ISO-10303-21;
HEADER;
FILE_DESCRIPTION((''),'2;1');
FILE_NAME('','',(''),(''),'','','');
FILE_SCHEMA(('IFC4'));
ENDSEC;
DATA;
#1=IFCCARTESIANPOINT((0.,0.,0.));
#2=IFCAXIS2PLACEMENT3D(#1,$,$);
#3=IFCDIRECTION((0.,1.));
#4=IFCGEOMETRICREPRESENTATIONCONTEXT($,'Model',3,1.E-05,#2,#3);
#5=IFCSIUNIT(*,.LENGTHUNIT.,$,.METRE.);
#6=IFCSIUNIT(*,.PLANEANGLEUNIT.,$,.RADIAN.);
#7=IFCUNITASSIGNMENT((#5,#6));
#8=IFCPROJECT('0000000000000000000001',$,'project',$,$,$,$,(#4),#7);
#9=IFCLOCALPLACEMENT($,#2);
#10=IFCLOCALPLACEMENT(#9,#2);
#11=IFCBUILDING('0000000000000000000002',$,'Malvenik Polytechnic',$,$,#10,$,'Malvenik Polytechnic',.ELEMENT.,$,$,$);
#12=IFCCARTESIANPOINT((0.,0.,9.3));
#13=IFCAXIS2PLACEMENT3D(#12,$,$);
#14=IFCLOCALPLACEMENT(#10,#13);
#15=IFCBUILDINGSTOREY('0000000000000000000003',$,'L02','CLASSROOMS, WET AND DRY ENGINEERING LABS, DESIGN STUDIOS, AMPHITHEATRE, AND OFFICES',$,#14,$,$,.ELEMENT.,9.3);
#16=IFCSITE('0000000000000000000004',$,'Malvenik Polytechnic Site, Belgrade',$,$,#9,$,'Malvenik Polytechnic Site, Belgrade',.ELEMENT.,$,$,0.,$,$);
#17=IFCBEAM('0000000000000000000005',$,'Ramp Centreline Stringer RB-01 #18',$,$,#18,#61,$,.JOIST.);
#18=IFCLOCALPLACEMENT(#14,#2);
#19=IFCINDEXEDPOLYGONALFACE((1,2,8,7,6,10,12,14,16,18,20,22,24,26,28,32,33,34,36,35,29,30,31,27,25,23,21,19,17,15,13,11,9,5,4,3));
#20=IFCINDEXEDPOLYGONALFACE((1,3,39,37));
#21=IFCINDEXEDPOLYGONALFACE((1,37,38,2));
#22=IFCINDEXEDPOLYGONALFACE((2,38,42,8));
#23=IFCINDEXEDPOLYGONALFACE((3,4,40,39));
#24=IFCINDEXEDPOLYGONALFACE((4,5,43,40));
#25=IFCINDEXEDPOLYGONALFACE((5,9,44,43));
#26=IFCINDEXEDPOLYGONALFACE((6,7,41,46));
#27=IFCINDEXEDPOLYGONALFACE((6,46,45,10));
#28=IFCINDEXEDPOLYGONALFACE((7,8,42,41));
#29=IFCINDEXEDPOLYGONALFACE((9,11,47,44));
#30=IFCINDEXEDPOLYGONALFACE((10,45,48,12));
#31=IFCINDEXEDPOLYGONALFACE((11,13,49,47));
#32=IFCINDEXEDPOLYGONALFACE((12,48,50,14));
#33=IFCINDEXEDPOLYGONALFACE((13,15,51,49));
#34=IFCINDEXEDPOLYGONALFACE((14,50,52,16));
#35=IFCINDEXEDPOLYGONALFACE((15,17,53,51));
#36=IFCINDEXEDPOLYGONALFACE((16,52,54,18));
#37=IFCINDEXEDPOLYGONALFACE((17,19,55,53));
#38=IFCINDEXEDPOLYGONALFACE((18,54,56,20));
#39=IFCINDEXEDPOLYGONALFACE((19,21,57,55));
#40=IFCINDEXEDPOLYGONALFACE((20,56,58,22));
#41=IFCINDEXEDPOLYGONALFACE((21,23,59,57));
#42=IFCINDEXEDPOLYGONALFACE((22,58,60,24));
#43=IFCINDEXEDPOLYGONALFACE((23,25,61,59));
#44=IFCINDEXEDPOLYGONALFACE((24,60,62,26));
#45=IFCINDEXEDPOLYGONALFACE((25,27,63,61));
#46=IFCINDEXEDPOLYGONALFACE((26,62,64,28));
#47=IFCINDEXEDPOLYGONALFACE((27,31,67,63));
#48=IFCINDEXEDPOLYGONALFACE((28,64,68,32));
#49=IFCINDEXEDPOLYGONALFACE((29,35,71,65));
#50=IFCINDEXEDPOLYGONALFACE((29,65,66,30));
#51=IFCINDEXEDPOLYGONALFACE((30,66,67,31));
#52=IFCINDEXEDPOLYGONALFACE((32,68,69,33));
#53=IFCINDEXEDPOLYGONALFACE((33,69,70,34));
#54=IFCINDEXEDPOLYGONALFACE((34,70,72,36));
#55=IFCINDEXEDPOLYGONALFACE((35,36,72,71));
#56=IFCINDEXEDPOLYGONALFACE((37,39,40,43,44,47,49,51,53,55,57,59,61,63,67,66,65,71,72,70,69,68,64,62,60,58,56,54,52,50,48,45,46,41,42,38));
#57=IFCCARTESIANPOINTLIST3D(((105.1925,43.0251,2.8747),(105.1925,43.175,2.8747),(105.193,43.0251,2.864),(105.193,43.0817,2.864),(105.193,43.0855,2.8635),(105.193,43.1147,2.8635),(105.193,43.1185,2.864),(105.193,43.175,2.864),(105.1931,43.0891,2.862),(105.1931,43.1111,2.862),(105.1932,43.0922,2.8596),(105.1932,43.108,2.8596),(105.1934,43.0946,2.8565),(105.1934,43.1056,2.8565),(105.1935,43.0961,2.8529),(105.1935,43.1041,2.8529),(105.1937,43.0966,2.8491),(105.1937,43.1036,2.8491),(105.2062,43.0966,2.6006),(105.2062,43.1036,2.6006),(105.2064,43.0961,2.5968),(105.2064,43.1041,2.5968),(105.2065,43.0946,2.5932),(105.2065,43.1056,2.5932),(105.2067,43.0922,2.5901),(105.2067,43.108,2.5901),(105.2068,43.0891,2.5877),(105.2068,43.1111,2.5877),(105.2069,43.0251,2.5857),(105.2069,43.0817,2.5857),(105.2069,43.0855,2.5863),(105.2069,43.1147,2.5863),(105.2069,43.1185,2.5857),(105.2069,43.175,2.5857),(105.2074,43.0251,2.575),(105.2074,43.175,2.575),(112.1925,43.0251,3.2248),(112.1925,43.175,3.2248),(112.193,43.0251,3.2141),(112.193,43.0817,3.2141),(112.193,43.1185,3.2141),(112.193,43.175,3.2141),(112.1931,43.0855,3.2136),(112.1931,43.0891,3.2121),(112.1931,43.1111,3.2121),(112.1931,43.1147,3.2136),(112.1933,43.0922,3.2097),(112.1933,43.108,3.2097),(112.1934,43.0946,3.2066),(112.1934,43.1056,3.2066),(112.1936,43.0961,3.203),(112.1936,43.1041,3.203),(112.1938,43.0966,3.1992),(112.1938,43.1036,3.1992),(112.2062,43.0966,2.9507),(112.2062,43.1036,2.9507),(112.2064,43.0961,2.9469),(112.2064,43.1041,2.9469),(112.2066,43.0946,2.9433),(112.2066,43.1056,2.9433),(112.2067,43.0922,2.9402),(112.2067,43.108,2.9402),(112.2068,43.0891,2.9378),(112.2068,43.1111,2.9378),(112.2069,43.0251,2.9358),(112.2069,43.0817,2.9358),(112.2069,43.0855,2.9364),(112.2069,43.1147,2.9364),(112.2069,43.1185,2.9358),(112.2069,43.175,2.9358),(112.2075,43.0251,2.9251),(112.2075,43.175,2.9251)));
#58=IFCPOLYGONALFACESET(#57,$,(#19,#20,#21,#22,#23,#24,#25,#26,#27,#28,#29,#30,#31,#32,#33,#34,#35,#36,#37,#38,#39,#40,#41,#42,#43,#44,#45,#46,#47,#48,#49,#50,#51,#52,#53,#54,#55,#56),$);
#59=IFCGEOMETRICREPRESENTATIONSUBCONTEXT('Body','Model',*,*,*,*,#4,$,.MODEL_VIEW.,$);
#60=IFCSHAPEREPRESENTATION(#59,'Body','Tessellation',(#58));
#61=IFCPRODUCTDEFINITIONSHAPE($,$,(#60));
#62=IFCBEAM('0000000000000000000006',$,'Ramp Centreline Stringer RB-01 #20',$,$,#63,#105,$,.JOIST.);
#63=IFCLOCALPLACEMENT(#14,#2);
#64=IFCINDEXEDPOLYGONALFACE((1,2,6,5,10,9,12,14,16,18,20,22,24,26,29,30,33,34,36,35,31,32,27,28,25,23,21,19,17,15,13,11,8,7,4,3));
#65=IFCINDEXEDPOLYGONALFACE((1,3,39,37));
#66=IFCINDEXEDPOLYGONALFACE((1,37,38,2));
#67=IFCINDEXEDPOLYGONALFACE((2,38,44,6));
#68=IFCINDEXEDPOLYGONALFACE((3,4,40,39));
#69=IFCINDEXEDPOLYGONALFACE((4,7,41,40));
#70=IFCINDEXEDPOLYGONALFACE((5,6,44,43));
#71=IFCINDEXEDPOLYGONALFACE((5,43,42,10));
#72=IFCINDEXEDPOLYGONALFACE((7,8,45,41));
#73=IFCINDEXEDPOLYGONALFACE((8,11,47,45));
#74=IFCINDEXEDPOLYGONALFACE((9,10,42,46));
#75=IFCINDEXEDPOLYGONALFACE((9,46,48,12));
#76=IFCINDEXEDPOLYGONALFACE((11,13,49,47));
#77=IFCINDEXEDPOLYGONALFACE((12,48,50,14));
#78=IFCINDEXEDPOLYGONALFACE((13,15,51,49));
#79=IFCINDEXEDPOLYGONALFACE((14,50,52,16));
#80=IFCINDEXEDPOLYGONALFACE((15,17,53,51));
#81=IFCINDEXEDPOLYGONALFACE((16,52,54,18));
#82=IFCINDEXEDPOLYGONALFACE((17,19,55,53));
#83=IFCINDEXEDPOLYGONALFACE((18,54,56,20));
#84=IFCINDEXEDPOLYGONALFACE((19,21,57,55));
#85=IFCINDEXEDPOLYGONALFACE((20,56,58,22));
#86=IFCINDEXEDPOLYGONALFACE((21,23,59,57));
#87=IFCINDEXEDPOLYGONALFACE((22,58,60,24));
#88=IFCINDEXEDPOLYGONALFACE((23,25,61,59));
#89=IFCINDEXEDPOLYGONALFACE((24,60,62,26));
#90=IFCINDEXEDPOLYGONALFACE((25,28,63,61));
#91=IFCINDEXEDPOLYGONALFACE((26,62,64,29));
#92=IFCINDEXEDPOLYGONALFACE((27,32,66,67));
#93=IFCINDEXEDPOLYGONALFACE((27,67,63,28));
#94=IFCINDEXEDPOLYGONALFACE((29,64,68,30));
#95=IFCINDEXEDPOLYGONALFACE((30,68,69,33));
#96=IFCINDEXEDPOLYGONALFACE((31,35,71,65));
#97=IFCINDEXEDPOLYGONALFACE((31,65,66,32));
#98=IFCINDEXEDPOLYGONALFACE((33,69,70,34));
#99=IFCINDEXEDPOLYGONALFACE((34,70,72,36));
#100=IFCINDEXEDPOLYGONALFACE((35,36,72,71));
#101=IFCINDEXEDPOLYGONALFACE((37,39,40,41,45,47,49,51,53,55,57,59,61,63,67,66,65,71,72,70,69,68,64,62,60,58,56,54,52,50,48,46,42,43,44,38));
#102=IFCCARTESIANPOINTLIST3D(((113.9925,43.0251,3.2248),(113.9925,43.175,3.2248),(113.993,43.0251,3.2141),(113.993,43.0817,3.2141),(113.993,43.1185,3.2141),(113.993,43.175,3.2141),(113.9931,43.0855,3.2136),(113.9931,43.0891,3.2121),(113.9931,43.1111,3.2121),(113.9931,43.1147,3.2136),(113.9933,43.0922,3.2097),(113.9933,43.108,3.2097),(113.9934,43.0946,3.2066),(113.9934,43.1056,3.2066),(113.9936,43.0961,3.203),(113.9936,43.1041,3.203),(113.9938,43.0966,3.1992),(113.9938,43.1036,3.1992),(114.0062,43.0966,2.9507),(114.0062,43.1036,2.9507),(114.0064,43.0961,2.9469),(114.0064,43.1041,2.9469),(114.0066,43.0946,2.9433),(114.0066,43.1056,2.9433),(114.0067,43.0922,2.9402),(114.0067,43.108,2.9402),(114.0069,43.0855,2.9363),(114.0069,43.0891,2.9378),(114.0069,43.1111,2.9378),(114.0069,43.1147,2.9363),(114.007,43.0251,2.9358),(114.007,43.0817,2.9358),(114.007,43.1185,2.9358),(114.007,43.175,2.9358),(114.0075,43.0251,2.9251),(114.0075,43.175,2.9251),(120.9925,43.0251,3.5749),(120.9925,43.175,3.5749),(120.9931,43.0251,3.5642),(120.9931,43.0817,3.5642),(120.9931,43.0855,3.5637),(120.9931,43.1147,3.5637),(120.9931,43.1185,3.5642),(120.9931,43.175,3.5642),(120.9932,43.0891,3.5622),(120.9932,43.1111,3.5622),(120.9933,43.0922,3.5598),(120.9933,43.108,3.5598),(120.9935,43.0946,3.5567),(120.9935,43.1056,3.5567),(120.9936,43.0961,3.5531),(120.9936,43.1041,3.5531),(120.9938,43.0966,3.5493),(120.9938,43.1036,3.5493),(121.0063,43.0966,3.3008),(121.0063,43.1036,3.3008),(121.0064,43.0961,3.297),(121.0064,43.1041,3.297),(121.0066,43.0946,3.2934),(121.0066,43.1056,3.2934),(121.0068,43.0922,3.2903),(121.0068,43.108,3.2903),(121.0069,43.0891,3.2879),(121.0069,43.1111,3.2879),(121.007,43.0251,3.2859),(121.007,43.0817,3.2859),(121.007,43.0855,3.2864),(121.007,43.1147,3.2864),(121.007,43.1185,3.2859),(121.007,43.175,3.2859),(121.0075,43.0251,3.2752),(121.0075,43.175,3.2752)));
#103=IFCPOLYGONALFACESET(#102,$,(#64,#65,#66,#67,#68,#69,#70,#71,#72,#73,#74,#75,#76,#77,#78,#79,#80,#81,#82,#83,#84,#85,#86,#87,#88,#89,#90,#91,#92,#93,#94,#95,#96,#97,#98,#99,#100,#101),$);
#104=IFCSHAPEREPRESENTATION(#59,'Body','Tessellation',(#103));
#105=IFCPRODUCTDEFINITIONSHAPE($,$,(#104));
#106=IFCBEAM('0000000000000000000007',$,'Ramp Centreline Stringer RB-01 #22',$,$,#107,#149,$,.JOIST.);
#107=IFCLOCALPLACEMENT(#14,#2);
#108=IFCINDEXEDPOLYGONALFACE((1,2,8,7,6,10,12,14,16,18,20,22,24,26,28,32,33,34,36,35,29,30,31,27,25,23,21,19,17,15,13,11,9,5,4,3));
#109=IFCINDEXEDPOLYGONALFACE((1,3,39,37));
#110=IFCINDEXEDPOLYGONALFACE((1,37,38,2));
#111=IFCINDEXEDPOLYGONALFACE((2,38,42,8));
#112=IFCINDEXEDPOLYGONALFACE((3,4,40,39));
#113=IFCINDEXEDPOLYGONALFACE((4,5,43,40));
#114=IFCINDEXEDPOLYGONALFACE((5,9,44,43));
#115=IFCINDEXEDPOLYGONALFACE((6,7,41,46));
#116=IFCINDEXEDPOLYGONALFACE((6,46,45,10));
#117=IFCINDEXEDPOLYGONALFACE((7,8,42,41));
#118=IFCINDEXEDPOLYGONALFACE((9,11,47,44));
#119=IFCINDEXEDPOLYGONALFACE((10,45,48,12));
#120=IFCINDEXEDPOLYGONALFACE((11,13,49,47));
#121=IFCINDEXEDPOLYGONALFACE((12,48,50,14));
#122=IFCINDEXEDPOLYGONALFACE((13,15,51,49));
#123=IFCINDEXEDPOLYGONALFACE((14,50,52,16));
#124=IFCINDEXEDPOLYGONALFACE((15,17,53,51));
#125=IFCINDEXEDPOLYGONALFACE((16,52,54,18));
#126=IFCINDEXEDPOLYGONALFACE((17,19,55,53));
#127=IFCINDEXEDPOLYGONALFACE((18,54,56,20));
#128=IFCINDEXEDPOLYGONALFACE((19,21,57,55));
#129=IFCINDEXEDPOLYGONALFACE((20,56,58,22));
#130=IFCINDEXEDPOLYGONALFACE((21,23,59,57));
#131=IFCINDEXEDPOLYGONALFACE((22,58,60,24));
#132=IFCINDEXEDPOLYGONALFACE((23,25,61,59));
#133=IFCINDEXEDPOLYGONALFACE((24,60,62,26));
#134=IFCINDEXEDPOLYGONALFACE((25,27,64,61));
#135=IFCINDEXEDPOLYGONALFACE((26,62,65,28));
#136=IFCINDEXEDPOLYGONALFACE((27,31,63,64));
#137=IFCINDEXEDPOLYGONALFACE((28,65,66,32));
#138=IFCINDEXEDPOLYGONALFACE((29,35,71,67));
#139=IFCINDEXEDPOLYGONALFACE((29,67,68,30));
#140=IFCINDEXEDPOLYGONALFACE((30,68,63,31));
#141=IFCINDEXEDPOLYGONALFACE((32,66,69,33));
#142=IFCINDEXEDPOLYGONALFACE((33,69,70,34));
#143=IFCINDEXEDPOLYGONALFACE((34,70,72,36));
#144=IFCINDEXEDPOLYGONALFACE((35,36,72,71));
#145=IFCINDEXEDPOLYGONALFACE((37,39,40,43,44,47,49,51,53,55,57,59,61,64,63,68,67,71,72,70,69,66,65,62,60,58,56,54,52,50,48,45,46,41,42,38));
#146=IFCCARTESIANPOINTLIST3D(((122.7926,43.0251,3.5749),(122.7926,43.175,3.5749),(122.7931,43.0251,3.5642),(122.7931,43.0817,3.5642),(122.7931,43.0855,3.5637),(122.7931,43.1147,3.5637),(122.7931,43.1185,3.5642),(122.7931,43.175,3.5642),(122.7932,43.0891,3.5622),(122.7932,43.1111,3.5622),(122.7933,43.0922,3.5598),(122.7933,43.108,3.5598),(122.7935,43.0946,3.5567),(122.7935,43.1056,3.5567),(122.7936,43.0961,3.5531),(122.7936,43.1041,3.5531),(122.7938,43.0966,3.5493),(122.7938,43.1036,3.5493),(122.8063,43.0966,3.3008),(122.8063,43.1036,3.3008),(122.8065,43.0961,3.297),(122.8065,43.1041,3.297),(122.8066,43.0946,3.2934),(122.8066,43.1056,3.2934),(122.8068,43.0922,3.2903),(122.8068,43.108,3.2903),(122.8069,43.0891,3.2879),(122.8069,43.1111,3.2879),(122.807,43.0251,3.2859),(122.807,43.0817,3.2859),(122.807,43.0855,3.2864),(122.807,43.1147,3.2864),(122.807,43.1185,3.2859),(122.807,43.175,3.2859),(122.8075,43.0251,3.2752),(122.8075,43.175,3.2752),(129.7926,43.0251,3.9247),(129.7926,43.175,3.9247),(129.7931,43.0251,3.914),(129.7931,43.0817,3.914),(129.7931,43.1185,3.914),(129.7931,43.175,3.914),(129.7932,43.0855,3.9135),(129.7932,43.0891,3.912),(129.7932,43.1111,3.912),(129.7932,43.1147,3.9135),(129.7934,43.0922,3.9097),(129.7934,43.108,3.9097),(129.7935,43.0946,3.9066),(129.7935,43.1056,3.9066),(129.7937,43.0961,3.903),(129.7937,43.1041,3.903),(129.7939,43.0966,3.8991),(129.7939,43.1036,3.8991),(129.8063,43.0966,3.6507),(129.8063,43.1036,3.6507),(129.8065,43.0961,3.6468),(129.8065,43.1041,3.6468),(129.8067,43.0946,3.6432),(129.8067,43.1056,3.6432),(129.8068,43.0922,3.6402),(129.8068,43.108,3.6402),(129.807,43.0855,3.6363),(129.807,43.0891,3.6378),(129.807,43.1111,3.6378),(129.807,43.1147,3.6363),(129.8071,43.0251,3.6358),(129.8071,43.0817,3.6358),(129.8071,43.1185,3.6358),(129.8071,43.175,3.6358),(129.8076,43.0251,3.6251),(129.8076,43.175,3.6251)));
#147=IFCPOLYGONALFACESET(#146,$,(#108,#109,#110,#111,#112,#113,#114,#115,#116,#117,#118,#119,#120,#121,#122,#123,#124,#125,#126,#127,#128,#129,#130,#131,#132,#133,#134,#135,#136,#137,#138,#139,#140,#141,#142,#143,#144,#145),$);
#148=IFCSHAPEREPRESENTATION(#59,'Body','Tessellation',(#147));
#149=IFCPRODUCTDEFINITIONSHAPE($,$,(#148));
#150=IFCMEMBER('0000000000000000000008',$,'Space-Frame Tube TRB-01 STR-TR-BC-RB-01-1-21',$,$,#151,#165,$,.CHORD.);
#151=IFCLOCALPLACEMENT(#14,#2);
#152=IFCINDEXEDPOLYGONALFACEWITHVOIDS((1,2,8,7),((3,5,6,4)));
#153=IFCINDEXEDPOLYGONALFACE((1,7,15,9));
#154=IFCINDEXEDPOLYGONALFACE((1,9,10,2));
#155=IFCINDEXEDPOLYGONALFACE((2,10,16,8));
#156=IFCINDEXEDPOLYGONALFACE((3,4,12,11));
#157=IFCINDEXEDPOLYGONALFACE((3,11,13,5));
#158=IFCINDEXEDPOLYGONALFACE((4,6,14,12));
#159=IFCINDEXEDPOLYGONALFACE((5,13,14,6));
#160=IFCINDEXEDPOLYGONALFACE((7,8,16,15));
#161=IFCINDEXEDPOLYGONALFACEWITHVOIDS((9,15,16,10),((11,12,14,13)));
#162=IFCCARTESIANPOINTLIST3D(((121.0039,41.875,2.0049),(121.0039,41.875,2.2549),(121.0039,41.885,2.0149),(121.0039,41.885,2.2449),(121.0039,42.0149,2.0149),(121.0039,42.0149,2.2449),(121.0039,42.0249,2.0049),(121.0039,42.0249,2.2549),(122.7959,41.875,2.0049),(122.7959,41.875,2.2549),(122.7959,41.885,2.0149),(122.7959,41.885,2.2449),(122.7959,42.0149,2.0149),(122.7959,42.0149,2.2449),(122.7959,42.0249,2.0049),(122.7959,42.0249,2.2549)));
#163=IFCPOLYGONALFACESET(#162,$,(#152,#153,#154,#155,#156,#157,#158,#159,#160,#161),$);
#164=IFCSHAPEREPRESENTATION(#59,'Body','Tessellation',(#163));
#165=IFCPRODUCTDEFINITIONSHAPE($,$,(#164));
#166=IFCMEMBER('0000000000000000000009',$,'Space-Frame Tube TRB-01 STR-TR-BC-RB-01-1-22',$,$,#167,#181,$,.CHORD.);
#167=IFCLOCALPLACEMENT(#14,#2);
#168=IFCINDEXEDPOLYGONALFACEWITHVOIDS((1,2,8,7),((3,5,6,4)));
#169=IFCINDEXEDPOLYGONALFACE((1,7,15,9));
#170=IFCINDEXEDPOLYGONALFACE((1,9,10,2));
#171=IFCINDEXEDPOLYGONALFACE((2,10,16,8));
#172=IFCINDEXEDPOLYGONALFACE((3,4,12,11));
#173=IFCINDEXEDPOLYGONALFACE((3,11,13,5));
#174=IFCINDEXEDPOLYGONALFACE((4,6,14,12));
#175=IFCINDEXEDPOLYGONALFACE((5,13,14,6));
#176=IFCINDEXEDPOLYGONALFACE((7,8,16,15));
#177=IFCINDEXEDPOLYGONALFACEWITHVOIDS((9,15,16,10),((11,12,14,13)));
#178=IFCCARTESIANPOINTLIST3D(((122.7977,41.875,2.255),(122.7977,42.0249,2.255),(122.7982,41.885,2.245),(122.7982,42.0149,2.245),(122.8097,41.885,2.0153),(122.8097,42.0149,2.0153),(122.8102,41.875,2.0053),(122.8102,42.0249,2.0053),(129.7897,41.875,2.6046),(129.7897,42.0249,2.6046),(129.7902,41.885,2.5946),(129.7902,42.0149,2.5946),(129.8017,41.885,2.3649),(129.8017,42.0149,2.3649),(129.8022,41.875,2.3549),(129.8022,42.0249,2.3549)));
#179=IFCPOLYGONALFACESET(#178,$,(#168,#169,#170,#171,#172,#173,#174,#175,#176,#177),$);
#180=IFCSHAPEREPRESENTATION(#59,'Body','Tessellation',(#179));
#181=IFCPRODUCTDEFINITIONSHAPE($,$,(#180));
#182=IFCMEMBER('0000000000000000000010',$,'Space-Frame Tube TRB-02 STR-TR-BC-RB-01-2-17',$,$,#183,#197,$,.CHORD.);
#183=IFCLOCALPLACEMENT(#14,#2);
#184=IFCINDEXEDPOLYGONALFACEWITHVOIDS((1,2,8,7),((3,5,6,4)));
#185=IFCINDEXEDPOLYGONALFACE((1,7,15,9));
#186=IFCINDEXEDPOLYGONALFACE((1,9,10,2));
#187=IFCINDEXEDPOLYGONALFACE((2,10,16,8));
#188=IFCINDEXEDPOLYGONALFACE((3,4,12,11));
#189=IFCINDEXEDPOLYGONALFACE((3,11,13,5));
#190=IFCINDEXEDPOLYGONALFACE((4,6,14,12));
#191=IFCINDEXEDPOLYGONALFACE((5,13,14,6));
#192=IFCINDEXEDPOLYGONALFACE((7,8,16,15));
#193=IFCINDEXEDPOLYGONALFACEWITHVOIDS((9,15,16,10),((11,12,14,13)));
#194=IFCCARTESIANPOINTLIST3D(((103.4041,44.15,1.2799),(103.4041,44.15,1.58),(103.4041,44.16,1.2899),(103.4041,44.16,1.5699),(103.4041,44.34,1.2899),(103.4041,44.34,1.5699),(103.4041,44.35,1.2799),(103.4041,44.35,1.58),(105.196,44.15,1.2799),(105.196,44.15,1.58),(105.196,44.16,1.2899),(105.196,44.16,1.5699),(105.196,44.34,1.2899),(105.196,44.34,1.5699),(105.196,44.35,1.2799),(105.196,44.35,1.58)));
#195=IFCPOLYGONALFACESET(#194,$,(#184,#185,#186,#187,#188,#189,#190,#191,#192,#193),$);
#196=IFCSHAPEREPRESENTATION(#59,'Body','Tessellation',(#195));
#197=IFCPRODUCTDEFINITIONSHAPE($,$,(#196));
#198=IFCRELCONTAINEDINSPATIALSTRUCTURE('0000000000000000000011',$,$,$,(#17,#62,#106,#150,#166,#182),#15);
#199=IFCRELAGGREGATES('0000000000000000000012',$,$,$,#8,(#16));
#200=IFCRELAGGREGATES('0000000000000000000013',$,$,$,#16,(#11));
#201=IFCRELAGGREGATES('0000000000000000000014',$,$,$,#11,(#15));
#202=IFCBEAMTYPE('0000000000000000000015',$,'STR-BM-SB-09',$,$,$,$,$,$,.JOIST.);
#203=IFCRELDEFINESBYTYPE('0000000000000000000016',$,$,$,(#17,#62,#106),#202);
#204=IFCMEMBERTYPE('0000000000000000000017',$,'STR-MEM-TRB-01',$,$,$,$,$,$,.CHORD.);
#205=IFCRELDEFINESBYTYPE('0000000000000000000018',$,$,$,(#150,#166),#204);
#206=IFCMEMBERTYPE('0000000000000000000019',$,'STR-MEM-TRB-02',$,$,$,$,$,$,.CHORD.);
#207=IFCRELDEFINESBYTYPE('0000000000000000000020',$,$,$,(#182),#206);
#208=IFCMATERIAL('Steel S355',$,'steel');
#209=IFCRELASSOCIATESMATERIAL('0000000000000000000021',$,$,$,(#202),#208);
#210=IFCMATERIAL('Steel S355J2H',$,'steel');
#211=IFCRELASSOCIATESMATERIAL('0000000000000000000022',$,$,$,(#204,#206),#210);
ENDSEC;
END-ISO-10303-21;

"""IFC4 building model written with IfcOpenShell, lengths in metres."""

from ifc_helpers import new_model, si_unit, direction, frame, origin, origin_2d, place, context, subcontext, project, spatial, hollow_rectangle, i_section, extrude, material, material_profile, profile_set, type_object, element, save


model = new_model("IFC4")

# Units and contexts
model_context = context("Model", 3, precision=1e-05, world=origin(), true_north=direction((0.0, 1.0)))
body_context = subcontext(model_context, "Body", "Model", "MODEL_VIEW")
ifc_project = project(units=[si_unit("LENGTHUNIT", "METRE"), si_unit("PLANEANGLEUNIT", "RADIAN")], contexts=[model_context])

# Site, building, storey
site_placement = place(None, origin())
site = spatial("IfcSite", under=ifc_project, at=site_placement, Name="Malvenik Polytechnic Site, Belgrade", LongName="Malvenik Polytechnic Site, Belgrade", CompositionType="ELEMENT", RefElevation=0.0)
building_placement = place(site_placement, origin())
building = spatial("IfcBuilding", under=site, at=building_placement, Name="Malvenik Polytechnic", LongName="Malvenik Polytechnic", CompositionType="ELEMENT")
storey_placement = place(building_placement, frame((0.0, 0.0, 9.3)))
storey = spatial("IfcBuildingStorey", under=building, at=storey_placement, Name="L02", Description="CLASSROOMS, WET AND DRY ENGINEERING LABS, DESIGN STUDIOS, AMPHITHEATRE, AND OFFICES", CompositionType="ELEMENT", Elevation=9.3)

# Shared definitions
ifc_material_1 = material(Name="Steel S355J2H", Category="steel")
ifc_material_2 = material(Name="Steel S355", Category="steel")

# Beams
ifc_material_profile_1 = material_profile(ifc_material_2, i_section(OverallWidth=0.1499, OverallDepth=0.3, WebThickness=0.0071, FlangeThickness=0.0107, FilletRadius=0.0149, at=origin_2d()), Name="IPE 300")
ifc_profile_set_1 = profile_set([ifc_material_profile_1], Name="Steel S355")
beam_type = type_object("IfcBeamType", Name="STR-BM-SB-09", PredefinedType="JOIST", material=ifc_profile_set_1)
for number, where, z_axis, x_axis, name in (
    (1, (105.2, 43.1001, 2.7249), (0.998752, 0.0, 0.049952), (0.0, 1.0, 0.0), "Ramp Centreline Stringer RB-01 #18"),
    (2, (114.0, 43.1001, 3.075), (0.998752, 0.0, 0.049952), (0.0, 1.0, 0.0), "Ramp Centreline Stringer RB-01 #20"),
    (3, (122.8, 43.1001, 3.425), (0.998753, 0.0, 0.049917), (0.0, 1.0, 0.0), "Ramp Centreline Stringer RB-01 #22"),
):
    element("IfcBeam", number, at=place(storey_placement, frame(where, z_axis=z_axis, x_axis=x_axis)), inside=storey, type_object=beam_type, Name=name, PredefinedType="JOIST", context=body_context, shape_type="SweptSolid", body=[
        extrude(i_section(OverallWidth=0.1499, OverallDepth=0.3, WebThickness=0.0071, FlangeThickness=0.0107, FilletRadius=0.0149, at=origin_2d()), origin(), (0.0, 0.0, 1.0), 7.0088),
    ])

# Members
ifc_material_profile_2 = material_profile(ifc_material_1, hollow_rectangle(XDim=0.1499, YDim=0.25, WallThickness=0.01, at=origin_2d()), Name="RHS 250x150x10.0")
ifc_profile_set_2 = profile_set([ifc_material_profile_2], Name="Steel S355J2H")
member_type_1 = type_object("IfcMemberType", Name="STR-MEM-TRB-01", PredefinedType="CHORD", material=ifc_profile_set_2)
member_1_placement = place(storey_placement, frame((121.0039, 41.95, 2.1299), z_axis=(1.0, 0.0, 0.0), x_axis=(0.0, 1.0, 0.0)))
element("IfcMember", 4, at=member_1_placement, inside=storey, type_object=member_type_1, Name="Space-Frame Tube TRB-01 STR-TR-BC-RB-01-1-21", PredefinedType="CHORD", context=body_context, shape_type="SweptSolid", body=[
    extrude(hollow_rectangle(XDim=0.1499, YDim=0.25, WallThickness=0.01, at=origin_2d()), origin(), (0.0, 0.0, 1.0), 1.792),
])
member_2_placement = place(storey_placement, frame((122.804, 41.95, 2.1301), z_axis=(0.998752, 0.0, 0.049939), x_axis=(0.0, 1.0, 0.0)))
element("IfcMember", 5, at=member_2_placement, inside=storey, type_object=member_type_1, Name="Space-Frame Tube TRB-01 STR-TR-BC-RB-01-1-22", PredefinedType="CHORD", context=body_context, shape_type="SweptSolid", body=[
    extrude(hollow_rectangle(XDim=0.1499, YDim=0.25, WallThickness=0.01, at=origin_2d()), origin(), (0.0, 0.0, 1.0), 7.0007),
])
ifc_material_profile_3 = material_profile(ifc_material_1, hollow_rectangle(XDim=0.2, YDim=0.3, WallThickness=0.01, at=origin_2d()), Name="RHS 300x200x10.0")
ifc_profile_set_3 = profile_set([ifc_material_profile_3], Name="Steel S355J2H")
member_type_2 = type_object("IfcMemberType", Name="STR-MEM-TRB-02", PredefinedType="CHORD", material=ifc_profile_set_3)
member_3_placement = place(storey_placement, frame((103.4041, 44.25, 1.4299), z_axis=(1.0, 0.0, 0.0), x_axis=(0.0, 1.0, 0.0)))
element("IfcMember", 6, at=member_3_placement, inside=storey, type_object=member_type_2, Name="Space-Frame Tube TRB-02 STR-TR-BC-RB-01-2-17", PredefinedType="CHORD", context=body_context, shape_type="SweptSolid", body=[
    extrude(hollow_rectangle(XDim=0.2, YDim=0.3, WallThickness=0.01, at=origin_2d()), origin(), (0.0, 0.0, 1.0), 1.792),
])

save(model, "model.ifc")
